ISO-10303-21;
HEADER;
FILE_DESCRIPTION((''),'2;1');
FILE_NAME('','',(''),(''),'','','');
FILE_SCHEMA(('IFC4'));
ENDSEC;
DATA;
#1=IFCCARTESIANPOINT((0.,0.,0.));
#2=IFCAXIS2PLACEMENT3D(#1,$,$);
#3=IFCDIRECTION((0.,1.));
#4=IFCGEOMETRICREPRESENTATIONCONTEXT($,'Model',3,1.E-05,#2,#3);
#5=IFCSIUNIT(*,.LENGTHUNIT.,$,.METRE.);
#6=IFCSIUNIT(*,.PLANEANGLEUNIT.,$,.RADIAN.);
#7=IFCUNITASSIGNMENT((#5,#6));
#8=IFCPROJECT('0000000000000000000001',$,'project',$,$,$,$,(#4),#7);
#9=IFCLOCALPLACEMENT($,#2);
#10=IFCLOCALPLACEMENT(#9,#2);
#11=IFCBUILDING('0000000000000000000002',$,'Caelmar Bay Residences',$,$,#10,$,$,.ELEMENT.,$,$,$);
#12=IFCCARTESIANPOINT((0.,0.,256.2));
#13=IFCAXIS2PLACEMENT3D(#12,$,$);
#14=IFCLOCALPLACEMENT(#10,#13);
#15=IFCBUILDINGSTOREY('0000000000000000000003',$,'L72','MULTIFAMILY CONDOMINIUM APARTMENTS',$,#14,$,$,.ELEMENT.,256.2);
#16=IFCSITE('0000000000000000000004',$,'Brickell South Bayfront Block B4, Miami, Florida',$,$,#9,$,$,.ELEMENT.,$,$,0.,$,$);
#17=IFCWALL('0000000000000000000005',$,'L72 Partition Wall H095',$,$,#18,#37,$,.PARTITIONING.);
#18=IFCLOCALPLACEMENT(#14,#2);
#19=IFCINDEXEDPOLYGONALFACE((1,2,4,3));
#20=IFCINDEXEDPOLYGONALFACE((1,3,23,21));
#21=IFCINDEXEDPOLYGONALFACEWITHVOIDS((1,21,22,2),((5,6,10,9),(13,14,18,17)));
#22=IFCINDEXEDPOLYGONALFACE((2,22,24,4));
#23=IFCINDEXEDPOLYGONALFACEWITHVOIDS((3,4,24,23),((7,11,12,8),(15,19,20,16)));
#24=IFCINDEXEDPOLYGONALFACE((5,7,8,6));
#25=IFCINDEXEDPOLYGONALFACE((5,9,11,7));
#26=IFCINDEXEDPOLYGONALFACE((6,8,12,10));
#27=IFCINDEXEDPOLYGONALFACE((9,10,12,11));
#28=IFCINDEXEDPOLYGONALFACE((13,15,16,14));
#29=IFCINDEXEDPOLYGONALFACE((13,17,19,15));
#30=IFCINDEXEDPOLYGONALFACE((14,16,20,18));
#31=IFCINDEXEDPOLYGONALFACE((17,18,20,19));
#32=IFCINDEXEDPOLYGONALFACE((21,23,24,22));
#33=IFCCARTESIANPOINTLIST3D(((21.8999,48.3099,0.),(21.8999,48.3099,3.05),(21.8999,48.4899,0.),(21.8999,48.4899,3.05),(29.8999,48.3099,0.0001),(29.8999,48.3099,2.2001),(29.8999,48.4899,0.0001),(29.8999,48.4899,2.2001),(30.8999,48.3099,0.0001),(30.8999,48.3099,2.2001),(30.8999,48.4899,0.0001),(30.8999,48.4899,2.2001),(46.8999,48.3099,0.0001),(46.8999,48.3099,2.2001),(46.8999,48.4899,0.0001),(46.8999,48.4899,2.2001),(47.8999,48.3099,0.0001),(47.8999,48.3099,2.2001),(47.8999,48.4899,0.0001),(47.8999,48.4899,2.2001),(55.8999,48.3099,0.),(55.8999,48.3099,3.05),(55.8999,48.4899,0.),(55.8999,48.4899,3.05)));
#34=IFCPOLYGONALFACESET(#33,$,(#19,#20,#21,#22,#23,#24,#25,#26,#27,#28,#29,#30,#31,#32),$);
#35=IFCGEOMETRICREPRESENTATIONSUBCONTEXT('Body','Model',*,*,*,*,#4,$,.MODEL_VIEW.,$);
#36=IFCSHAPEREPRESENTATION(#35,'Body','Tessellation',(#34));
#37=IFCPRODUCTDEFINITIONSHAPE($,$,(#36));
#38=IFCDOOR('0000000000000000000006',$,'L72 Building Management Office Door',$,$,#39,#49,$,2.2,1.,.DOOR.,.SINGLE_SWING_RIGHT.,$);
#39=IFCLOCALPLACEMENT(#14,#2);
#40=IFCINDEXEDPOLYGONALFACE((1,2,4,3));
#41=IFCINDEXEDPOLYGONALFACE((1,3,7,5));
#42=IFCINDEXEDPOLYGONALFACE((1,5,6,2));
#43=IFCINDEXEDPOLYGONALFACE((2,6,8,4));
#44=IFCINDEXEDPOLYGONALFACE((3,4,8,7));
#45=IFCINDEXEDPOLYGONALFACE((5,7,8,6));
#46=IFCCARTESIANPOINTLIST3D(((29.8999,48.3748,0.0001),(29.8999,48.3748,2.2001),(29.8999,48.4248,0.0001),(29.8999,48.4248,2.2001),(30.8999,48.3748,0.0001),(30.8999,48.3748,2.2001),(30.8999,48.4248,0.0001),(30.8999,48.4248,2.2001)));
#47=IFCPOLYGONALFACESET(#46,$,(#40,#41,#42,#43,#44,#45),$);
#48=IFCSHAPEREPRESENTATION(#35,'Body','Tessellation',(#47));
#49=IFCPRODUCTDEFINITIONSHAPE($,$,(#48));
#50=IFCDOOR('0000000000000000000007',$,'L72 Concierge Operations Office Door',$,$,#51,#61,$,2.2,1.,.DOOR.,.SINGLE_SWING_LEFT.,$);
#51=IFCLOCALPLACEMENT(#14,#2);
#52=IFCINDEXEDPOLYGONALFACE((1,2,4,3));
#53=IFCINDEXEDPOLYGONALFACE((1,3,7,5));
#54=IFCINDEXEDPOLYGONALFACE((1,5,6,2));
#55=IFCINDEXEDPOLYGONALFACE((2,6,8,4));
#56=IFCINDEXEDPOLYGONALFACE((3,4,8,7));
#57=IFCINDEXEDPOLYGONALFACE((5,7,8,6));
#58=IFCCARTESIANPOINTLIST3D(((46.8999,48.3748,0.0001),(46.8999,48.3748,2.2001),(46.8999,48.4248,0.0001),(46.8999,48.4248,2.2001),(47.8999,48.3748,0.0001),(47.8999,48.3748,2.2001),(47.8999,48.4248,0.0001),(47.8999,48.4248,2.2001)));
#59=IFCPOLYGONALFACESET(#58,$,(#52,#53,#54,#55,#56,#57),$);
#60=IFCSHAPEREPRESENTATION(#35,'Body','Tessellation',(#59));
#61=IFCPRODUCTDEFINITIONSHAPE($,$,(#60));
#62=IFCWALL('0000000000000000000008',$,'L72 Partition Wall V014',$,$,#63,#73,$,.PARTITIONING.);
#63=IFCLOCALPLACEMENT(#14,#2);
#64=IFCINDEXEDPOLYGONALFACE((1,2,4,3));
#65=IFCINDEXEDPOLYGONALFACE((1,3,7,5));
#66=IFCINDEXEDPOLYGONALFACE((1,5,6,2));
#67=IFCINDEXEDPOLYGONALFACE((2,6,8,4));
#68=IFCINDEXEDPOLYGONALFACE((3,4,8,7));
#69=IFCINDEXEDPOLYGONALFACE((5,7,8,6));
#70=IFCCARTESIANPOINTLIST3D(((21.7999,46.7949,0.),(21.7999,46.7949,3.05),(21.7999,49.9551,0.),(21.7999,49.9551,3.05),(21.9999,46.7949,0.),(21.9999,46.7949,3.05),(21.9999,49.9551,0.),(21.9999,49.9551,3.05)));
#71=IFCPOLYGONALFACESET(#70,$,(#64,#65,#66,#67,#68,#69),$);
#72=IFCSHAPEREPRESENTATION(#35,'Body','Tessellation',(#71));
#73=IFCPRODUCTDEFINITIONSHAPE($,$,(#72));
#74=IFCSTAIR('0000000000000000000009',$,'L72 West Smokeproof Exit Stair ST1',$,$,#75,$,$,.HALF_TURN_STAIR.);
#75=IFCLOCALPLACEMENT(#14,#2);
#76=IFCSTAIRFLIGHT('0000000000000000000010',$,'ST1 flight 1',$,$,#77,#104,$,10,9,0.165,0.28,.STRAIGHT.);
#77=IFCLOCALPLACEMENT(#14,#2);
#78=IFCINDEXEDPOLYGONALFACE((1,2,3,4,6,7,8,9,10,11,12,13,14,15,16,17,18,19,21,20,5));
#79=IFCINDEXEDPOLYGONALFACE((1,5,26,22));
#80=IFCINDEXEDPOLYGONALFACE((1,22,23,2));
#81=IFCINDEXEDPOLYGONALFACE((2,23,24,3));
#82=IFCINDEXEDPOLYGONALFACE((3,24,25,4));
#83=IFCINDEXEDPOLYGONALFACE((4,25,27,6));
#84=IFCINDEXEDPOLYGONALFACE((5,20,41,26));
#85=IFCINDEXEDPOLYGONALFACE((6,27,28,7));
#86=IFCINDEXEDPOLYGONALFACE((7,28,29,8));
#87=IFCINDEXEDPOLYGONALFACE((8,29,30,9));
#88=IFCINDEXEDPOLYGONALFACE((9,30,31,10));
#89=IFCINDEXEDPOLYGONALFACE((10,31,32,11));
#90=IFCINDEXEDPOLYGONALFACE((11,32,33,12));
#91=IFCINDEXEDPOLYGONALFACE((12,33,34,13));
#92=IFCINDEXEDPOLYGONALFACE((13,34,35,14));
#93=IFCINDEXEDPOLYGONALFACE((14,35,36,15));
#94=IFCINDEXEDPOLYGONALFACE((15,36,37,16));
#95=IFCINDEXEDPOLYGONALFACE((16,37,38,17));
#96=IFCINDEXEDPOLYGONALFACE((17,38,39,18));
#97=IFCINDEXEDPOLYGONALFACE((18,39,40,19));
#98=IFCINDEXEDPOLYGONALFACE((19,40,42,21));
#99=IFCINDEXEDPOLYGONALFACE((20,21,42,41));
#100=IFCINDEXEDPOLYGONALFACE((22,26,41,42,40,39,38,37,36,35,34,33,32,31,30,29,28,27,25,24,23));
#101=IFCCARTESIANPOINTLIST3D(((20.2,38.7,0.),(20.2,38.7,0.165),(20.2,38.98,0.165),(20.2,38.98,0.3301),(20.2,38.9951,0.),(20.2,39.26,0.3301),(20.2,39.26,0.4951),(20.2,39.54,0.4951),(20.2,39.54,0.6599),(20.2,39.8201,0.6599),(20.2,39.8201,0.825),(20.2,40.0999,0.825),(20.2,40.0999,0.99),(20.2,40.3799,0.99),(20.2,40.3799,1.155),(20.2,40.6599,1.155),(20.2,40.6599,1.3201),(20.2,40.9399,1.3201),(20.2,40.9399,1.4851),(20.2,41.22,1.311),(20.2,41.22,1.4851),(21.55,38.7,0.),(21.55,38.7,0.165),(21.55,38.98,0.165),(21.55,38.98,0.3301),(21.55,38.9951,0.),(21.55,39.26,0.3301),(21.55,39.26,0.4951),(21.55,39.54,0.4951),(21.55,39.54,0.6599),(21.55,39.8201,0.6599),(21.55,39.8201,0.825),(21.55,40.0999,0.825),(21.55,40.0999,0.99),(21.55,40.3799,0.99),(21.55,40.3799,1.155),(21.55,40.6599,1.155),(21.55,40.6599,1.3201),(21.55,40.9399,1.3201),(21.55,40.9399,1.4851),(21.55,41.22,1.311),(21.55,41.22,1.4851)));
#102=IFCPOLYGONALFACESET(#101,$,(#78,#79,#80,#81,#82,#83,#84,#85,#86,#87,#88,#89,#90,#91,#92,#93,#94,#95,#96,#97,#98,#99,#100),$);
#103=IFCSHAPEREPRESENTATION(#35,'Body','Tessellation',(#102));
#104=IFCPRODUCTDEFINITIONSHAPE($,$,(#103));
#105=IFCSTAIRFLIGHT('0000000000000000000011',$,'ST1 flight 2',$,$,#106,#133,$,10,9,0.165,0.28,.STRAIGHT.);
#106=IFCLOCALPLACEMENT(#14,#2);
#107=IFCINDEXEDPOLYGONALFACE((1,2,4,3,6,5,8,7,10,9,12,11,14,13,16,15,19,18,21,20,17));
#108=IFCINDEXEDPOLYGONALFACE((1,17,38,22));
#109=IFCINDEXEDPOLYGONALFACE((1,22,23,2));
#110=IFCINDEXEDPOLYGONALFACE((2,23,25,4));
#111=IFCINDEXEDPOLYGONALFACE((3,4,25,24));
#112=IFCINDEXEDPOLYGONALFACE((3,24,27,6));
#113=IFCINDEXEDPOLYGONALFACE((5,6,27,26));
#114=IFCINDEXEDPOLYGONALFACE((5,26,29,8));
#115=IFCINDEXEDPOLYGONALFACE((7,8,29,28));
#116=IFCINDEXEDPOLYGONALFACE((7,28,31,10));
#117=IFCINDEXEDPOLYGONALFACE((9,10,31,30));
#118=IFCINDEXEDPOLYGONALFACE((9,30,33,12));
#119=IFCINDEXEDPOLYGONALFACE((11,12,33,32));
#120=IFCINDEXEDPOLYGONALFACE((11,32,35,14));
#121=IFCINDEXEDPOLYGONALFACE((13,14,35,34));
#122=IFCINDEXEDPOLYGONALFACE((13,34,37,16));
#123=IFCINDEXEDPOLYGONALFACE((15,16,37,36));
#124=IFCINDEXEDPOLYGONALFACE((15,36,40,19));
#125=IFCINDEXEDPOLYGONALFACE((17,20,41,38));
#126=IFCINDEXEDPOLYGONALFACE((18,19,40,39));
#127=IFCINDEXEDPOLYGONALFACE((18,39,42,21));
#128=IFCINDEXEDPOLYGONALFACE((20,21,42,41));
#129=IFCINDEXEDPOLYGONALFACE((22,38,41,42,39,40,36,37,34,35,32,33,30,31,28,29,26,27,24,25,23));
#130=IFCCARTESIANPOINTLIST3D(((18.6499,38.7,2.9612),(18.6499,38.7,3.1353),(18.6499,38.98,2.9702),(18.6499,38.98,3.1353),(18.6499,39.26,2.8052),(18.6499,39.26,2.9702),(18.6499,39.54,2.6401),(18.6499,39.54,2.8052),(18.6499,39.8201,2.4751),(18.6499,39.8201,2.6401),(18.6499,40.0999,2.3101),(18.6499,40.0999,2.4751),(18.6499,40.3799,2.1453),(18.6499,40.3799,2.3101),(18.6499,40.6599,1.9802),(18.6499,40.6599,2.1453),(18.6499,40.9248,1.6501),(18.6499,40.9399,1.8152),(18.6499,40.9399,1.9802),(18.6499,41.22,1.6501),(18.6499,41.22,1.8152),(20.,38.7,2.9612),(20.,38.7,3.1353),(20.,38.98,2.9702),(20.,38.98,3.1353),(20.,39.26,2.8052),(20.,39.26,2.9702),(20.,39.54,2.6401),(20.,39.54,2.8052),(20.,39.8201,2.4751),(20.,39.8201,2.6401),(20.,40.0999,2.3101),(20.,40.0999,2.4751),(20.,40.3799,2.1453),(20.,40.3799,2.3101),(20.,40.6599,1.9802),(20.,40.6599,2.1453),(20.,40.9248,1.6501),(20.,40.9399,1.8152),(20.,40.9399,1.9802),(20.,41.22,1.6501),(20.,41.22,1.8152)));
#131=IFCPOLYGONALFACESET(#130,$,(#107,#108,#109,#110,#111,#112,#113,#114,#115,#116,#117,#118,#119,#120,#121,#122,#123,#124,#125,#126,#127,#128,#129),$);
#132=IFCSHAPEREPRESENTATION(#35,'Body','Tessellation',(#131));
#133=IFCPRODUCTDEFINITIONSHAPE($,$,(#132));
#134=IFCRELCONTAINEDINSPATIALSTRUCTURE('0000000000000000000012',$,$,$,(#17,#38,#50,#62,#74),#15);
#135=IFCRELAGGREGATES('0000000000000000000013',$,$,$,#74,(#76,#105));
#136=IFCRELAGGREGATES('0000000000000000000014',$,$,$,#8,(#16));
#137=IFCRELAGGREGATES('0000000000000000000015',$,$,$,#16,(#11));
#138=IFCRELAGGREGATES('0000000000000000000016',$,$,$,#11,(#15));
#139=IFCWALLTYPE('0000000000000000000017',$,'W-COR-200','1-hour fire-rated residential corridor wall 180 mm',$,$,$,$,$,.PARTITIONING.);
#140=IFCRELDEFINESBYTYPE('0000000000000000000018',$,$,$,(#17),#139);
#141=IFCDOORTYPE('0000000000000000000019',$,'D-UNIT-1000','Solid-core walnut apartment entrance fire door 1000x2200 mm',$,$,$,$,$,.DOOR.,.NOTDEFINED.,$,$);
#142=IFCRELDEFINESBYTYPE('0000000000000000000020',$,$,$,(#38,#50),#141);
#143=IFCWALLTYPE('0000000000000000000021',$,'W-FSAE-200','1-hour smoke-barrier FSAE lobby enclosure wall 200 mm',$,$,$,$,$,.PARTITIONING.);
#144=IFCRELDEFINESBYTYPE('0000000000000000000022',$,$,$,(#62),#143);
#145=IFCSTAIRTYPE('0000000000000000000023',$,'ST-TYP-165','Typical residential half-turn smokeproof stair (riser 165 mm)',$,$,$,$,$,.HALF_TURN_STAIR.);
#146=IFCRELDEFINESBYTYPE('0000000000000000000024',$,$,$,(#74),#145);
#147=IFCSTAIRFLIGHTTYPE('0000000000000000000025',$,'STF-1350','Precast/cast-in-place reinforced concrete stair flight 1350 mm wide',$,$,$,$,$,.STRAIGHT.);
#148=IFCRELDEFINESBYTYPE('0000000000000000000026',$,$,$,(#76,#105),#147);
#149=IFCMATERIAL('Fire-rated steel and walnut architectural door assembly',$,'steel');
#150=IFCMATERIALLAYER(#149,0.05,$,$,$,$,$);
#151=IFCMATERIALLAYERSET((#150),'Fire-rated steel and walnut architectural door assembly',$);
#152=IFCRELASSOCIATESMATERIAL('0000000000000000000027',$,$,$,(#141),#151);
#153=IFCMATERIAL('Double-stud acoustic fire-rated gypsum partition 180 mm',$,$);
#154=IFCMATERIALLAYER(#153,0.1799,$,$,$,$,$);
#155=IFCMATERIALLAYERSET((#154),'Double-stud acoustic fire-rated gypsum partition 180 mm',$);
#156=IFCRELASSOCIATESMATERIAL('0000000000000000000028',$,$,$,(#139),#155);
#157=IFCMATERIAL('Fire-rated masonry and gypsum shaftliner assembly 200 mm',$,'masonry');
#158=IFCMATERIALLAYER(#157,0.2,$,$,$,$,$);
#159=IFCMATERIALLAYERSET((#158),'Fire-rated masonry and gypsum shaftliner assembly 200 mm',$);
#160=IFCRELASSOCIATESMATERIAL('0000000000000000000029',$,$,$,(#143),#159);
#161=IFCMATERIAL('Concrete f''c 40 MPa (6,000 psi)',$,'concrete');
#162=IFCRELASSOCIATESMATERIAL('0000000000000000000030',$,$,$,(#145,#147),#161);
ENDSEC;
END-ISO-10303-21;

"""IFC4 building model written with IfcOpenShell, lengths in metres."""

from ifc_helpers import new_model, si_unit, direction, frame, frame_2d, origin, place, context, subcontext, project, spatial, polyline, rectangle, outline, extrude, material, layer, layer_set, type_object, element, fill, aggregate, save


model = new_model("IFC4")

# Units and contexts
model_context = context("Model", 3, precision=1e-05, world=origin(), true_north=direction((0.0, 1.0)))
body_context = subcontext(model_context, "Body", "Model", "MODEL_VIEW")
ifc_project = project(units=[si_unit("LENGTHUNIT", "METRE"), si_unit("PLANEANGLEUNIT", "RADIAN")], contexts=[model_context])

# Site, building, storey
site_placement = place(None, origin())
site = spatial("IfcSite", under=ifc_project, at=site_placement, Name="Brickell South Bayfront Block B4, Miami, Florida", CompositionType="ELEMENT", RefElevation=0.0)
building_placement = place(site_placement, origin())
building = spatial("IfcBuilding", under=site, at=building_placement, Name="Caelmar Bay Residences", CompositionType="ELEMENT")
storey_placement = place(building_placement, frame((0.0, 0.0, 256.2)))
storey = spatial("IfcBuildingStorey", under=building, at=storey_placement, Name="L72", Description="MULTIFAMILY CONDOMINIUM APARTMENTS", CompositionType="ELEMENT", Elevation=256.2)

# Shared definitions
ifc_material_1 = material(Name="Fire-rated steel and walnut architectural door assembly", Category="steel")

# Wall, openings, doors
ifc_layer_1 = layer(ifc_material_1, 0.05)
ifc_layer_set_1 = layer_set([ifc_layer_1], Name="Fire-rated steel and walnut architectural door assembly")
door_type_1 = type_object("IfcDoorType", Name="D-UNIT-1000", Description="Solid-core walnut apartment entrance fire door 1000x2200 mm", OperationType="NOTDEFINED", PredefinedType="DOOR", material=ifc_layer_set_1)
ifc_material_2 = material(Name="Double-stud acoustic fire-rated gypsum partition 180 mm")
ifc_layer_2 = layer(ifc_material_2, 0.1799)
ifc_layer_set_2 = layer_set([ifc_layer_2], Name="Double-stud acoustic fire-rated gypsum partition 180 mm")
wall_type_1 = type_object("IfcWallType", Name="W-COR-200", Description="1-hour fire-rated residential corridor wall 180 mm", PredefinedType="PARTITIONING", material=ifc_layer_set_2)
wall_1_placement = place(storey_placement, frame((21.8999, 48.3999, 0.0), z_axis=(0.0, 0.0, 1.0), x_axis=(1.0, 0.0, 0.0)))
wall_1 = element("IfcWall", 1, at=wall_1_placement, inside=storey, type_object=wall_type_1, Name="L72 Partition Wall H095", PredefinedType="PARTITIONING", context=body_context, shape_type="SweptSolid", body=[
    extrude(rectangle(XDim=34.0, YDim=0.1799, at=frame_2d((17.0, 0.0))), origin(), (0.0, 0.0, 1.0), 3.05),
])
opening_1_placement = place(wall_1_placement, frame((8.0, 0.0, 0.0)))
opening_1 = element("IfcOpeningElement", 2, at=opening_1_placement, cuts=wall_1, PredefinedType="OPENING", context=body_context, shape_type="SweptSolid", body=[
    extrude(rectangle(XDim=1.0, YDim=2.2, at=frame_2d((0.5, 1.1001))), frame((0.0, 0.0999, 0.0), z_axis=(0.0, -1.0, 0.0), x_axis=(1.0, 0.0, 0.0)), (0.0, 0.0, 1.0), 0.2),
])
opening_2_placement = place(wall_1_placement, frame((25.0, 0.0, 0.0)))
opening_2 = element("IfcOpeningElement", 3, at=opening_2_placement, cuts=wall_1, PredefinedType="OPENING", context=body_context, shape_type="SweptSolid", body=[
    extrude(rectangle(XDim=1.0, YDim=2.2, at=frame_2d((0.5, 1.1001))), frame((0.0, 0.0999, 0.0), z_axis=(0.0, -1.0, 0.0), x_axis=(1.0, 0.0, 0.0)), (0.0, 0.0, 1.0), 0.2),
])
door_1_placement = place(opening_1_placement, origin())
door_1 = element("IfcDoor", 4, at=door_1_placement, inside=storey, type_object=door_type_1, Name="L72 Building Management Office Door", OperationType="SINGLE_SWING_RIGHT", OverallHeight=2.2, OverallWidth=1.0, PredefinedType="DOOR", context=body_context, shape_type="SweptSolid", body=[
    extrude(rectangle(XDim=1.0, YDim=2.2, at=frame_2d((0.5, 1.1001))), frame((0.0, 0.0249, 0.0), z_axis=(0.0, -1.0, 0.0), x_axis=(1.0, 0.0, 0.0)), (0.0, 0.0, 1.0), 0.05),
])
fill(opening_1, door_1)
door_2_placement = place(opening_2_placement, origin())
door_2 = element("IfcDoor", 5, at=door_2_placement, inside=storey, type_object=door_type_1, Name="L72 Concierge Operations Office Door", OperationType="SINGLE_SWING_LEFT", OverallHeight=2.2, OverallWidth=1.0, PredefinedType="DOOR", context=body_context, shape_type="SweptSolid", body=[
    extrude(rectangle(XDim=1.0, YDim=2.2, at=frame_2d((0.5, 1.1001))), frame((0.0, 0.0249, 0.0), z_axis=(0.0, -1.0, 0.0), x_axis=(1.0, 0.0, 0.0)), (0.0, 0.0, 1.0), 0.05),
])
fill(opening_2, door_2)

# Wall
ifc_material_3 = material(Name="Fire-rated masonry and gypsum shaftliner assembly 200 mm", Category="masonry")
ifc_layer_3 = layer(ifc_material_3, 0.2)
ifc_layer_set_3 = layer_set([ifc_layer_3], Name="Fire-rated masonry and gypsum shaftliner assembly 200 mm")
wall_type_2 = type_object("IfcWallType", Name="W-FSAE-200", Description="1-hour smoke-barrier FSAE lobby enclosure wall 200 mm", PredefinedType="PARTITIONING", material=ifc_layer_set_3)
wall_2_placement = place(storey_placement, frame((21.8999, 46.7949, 0.0), z_axis=(0.0, 0.0, 1.0), x_axis=(0.0, 1.0, 0.0)))
element("IfcWall", 6, at=wall_2_placement, inside=storey, type_object=wall_type_2, Name="L72 Partition Wall V014", PredefinedType="PARTITIONING", context=body_context, shape_type="SweptSolid", body=[
    extrude(rectangle(XDim=3.1602, YDim=0.2, at=frame_2d((1.5801, 0.0))), origin(), (0.0, 0.0, 1.0), 3.05),
])

# Stair, stair flights
ifc_material_4 = material(Name="Concrete f'c 40 MPa (6,000 psi)", Category="concrete")
stair_type = type_object("IfcStairType", Name="ST-TYP-165", Description="Typical residential half-turn smokeproof stair (riser 165 mm)", PredefinedType="HALF_TURN_STAIR", material=ifc_material_4)
stair_placement = place(storey_placement, origin())
stair = element("IfcStair", 7, at=stair_placement, inside=storey, type_object=stair_type, Name="L72 West Smokeproof Exit Stair ST1", PredefinedType="HALF_TURN_STAIR")
stair_flight_type = type_object("IfcStairFlightType", Name="STF-1350", Description="Precast/cast-in-place reinforced concrete stair flight 1350 mm wide", PredefinedType="STRAIGHT", material=ifc_material_4)
stair_flight_1_placement = place(storey_placement, frame((20.875, 38.7, 0.0), z_axis=(0.0, 0.0, 1.0), x_axis=(0.0, 1.0, 0.0)))
stair_flight_1 = element("IfcStairFlight", 8, at=stair_flight_1_placement, type_object=stair_flight_type, Name="ST1 flight 1", NumberOfRisers=10, NumberOfTreads=9, PredefinedType="STRAIGHT", RiserHeight=0.165, TreadLength=0.28, context=body_context, shape_type="SweptSolid", body=[
    extrude(outline(polyline([(0.0, 0.0), (0.0, 0.165), (0.28, 0.165), (0.28, 0.3301), (0.5601, 0.3301), (0.5601, 0.4951), (0.8401, 0.4951), (0.8401, 0.6599), (1.1201, 0.6599), (1.1201, 0.825), (1.3999, 0.825), (1.3999, 0.99), (1.6799, 0.99), (1.6799, 1.155), (1.96, 1.155), (1.96, 1.3201), (2.24, 1.3201), (2.24, 1.4851), (2.52, 1.4851), (2.52, 1.6499), (2.52, 1.311), (0.2952, 0.0), (0.0, 0.0)])), frame((0.0, 0.675, 0.0), z_axis=(0.0, -1.0, 0.0), x_axis=(1.0, 0.0, 0.0)), (0.0, 0.0, 1.0), 1.3501),
])
stair_flight_2_placement = place(storey_placement, frame((19.325, 41.22, 1.6501), z_axis=(0.0, 0.0, 1.0), x_axis=(0.0, -1.0, 0.0)))
stair_flight_2 = element("IfcStairFlight", 9, at=stair_flight_2_placement, type_object=stair_flight_type, Name="ST1 flight 2", NumberOfRisers=10, NumberOfTreads=9, PredefinedType="STRAIGHT", RiserHeight=0.165, TreadLength=0.28, context=body_context, shape_type="SweptSolid", body=[
    extrude(outline(polyline([(0.0, 0.0), (0.0, 0.165), (0.28, 0.165), (0.28, 0.3301), (0.5601, 0.3301), (0.5601, 0.4951), (0.8401, 0.4951), (0.8401, 0.6599), (1.1201, 0.6599), (1.1201, 0.825), (1.3999, 0.825), (1.3999, 0.99), (1.6799, 0.99), (1.6799, 1.155), (1.96, 1.155), (1.96, 1.3201), (2.24, 1.3201), (2.24, 1.4851), (2.52, 1.4851), (2.52, 1.6499), (2.52, 1.311), (0.2952, 0.0), (0.0, 0.0)])), frame((0.0, 0.675, 0.0), z_axis=(0.0, -1.0, 0.0), x_axis=(1.0, 0.0, 0.0)), (0.0, 0.0, 1.0), 1.3501),
])
aggregate(stair, [stair_flight_1, stair_flight_2])

save(model, "model.ifc")
